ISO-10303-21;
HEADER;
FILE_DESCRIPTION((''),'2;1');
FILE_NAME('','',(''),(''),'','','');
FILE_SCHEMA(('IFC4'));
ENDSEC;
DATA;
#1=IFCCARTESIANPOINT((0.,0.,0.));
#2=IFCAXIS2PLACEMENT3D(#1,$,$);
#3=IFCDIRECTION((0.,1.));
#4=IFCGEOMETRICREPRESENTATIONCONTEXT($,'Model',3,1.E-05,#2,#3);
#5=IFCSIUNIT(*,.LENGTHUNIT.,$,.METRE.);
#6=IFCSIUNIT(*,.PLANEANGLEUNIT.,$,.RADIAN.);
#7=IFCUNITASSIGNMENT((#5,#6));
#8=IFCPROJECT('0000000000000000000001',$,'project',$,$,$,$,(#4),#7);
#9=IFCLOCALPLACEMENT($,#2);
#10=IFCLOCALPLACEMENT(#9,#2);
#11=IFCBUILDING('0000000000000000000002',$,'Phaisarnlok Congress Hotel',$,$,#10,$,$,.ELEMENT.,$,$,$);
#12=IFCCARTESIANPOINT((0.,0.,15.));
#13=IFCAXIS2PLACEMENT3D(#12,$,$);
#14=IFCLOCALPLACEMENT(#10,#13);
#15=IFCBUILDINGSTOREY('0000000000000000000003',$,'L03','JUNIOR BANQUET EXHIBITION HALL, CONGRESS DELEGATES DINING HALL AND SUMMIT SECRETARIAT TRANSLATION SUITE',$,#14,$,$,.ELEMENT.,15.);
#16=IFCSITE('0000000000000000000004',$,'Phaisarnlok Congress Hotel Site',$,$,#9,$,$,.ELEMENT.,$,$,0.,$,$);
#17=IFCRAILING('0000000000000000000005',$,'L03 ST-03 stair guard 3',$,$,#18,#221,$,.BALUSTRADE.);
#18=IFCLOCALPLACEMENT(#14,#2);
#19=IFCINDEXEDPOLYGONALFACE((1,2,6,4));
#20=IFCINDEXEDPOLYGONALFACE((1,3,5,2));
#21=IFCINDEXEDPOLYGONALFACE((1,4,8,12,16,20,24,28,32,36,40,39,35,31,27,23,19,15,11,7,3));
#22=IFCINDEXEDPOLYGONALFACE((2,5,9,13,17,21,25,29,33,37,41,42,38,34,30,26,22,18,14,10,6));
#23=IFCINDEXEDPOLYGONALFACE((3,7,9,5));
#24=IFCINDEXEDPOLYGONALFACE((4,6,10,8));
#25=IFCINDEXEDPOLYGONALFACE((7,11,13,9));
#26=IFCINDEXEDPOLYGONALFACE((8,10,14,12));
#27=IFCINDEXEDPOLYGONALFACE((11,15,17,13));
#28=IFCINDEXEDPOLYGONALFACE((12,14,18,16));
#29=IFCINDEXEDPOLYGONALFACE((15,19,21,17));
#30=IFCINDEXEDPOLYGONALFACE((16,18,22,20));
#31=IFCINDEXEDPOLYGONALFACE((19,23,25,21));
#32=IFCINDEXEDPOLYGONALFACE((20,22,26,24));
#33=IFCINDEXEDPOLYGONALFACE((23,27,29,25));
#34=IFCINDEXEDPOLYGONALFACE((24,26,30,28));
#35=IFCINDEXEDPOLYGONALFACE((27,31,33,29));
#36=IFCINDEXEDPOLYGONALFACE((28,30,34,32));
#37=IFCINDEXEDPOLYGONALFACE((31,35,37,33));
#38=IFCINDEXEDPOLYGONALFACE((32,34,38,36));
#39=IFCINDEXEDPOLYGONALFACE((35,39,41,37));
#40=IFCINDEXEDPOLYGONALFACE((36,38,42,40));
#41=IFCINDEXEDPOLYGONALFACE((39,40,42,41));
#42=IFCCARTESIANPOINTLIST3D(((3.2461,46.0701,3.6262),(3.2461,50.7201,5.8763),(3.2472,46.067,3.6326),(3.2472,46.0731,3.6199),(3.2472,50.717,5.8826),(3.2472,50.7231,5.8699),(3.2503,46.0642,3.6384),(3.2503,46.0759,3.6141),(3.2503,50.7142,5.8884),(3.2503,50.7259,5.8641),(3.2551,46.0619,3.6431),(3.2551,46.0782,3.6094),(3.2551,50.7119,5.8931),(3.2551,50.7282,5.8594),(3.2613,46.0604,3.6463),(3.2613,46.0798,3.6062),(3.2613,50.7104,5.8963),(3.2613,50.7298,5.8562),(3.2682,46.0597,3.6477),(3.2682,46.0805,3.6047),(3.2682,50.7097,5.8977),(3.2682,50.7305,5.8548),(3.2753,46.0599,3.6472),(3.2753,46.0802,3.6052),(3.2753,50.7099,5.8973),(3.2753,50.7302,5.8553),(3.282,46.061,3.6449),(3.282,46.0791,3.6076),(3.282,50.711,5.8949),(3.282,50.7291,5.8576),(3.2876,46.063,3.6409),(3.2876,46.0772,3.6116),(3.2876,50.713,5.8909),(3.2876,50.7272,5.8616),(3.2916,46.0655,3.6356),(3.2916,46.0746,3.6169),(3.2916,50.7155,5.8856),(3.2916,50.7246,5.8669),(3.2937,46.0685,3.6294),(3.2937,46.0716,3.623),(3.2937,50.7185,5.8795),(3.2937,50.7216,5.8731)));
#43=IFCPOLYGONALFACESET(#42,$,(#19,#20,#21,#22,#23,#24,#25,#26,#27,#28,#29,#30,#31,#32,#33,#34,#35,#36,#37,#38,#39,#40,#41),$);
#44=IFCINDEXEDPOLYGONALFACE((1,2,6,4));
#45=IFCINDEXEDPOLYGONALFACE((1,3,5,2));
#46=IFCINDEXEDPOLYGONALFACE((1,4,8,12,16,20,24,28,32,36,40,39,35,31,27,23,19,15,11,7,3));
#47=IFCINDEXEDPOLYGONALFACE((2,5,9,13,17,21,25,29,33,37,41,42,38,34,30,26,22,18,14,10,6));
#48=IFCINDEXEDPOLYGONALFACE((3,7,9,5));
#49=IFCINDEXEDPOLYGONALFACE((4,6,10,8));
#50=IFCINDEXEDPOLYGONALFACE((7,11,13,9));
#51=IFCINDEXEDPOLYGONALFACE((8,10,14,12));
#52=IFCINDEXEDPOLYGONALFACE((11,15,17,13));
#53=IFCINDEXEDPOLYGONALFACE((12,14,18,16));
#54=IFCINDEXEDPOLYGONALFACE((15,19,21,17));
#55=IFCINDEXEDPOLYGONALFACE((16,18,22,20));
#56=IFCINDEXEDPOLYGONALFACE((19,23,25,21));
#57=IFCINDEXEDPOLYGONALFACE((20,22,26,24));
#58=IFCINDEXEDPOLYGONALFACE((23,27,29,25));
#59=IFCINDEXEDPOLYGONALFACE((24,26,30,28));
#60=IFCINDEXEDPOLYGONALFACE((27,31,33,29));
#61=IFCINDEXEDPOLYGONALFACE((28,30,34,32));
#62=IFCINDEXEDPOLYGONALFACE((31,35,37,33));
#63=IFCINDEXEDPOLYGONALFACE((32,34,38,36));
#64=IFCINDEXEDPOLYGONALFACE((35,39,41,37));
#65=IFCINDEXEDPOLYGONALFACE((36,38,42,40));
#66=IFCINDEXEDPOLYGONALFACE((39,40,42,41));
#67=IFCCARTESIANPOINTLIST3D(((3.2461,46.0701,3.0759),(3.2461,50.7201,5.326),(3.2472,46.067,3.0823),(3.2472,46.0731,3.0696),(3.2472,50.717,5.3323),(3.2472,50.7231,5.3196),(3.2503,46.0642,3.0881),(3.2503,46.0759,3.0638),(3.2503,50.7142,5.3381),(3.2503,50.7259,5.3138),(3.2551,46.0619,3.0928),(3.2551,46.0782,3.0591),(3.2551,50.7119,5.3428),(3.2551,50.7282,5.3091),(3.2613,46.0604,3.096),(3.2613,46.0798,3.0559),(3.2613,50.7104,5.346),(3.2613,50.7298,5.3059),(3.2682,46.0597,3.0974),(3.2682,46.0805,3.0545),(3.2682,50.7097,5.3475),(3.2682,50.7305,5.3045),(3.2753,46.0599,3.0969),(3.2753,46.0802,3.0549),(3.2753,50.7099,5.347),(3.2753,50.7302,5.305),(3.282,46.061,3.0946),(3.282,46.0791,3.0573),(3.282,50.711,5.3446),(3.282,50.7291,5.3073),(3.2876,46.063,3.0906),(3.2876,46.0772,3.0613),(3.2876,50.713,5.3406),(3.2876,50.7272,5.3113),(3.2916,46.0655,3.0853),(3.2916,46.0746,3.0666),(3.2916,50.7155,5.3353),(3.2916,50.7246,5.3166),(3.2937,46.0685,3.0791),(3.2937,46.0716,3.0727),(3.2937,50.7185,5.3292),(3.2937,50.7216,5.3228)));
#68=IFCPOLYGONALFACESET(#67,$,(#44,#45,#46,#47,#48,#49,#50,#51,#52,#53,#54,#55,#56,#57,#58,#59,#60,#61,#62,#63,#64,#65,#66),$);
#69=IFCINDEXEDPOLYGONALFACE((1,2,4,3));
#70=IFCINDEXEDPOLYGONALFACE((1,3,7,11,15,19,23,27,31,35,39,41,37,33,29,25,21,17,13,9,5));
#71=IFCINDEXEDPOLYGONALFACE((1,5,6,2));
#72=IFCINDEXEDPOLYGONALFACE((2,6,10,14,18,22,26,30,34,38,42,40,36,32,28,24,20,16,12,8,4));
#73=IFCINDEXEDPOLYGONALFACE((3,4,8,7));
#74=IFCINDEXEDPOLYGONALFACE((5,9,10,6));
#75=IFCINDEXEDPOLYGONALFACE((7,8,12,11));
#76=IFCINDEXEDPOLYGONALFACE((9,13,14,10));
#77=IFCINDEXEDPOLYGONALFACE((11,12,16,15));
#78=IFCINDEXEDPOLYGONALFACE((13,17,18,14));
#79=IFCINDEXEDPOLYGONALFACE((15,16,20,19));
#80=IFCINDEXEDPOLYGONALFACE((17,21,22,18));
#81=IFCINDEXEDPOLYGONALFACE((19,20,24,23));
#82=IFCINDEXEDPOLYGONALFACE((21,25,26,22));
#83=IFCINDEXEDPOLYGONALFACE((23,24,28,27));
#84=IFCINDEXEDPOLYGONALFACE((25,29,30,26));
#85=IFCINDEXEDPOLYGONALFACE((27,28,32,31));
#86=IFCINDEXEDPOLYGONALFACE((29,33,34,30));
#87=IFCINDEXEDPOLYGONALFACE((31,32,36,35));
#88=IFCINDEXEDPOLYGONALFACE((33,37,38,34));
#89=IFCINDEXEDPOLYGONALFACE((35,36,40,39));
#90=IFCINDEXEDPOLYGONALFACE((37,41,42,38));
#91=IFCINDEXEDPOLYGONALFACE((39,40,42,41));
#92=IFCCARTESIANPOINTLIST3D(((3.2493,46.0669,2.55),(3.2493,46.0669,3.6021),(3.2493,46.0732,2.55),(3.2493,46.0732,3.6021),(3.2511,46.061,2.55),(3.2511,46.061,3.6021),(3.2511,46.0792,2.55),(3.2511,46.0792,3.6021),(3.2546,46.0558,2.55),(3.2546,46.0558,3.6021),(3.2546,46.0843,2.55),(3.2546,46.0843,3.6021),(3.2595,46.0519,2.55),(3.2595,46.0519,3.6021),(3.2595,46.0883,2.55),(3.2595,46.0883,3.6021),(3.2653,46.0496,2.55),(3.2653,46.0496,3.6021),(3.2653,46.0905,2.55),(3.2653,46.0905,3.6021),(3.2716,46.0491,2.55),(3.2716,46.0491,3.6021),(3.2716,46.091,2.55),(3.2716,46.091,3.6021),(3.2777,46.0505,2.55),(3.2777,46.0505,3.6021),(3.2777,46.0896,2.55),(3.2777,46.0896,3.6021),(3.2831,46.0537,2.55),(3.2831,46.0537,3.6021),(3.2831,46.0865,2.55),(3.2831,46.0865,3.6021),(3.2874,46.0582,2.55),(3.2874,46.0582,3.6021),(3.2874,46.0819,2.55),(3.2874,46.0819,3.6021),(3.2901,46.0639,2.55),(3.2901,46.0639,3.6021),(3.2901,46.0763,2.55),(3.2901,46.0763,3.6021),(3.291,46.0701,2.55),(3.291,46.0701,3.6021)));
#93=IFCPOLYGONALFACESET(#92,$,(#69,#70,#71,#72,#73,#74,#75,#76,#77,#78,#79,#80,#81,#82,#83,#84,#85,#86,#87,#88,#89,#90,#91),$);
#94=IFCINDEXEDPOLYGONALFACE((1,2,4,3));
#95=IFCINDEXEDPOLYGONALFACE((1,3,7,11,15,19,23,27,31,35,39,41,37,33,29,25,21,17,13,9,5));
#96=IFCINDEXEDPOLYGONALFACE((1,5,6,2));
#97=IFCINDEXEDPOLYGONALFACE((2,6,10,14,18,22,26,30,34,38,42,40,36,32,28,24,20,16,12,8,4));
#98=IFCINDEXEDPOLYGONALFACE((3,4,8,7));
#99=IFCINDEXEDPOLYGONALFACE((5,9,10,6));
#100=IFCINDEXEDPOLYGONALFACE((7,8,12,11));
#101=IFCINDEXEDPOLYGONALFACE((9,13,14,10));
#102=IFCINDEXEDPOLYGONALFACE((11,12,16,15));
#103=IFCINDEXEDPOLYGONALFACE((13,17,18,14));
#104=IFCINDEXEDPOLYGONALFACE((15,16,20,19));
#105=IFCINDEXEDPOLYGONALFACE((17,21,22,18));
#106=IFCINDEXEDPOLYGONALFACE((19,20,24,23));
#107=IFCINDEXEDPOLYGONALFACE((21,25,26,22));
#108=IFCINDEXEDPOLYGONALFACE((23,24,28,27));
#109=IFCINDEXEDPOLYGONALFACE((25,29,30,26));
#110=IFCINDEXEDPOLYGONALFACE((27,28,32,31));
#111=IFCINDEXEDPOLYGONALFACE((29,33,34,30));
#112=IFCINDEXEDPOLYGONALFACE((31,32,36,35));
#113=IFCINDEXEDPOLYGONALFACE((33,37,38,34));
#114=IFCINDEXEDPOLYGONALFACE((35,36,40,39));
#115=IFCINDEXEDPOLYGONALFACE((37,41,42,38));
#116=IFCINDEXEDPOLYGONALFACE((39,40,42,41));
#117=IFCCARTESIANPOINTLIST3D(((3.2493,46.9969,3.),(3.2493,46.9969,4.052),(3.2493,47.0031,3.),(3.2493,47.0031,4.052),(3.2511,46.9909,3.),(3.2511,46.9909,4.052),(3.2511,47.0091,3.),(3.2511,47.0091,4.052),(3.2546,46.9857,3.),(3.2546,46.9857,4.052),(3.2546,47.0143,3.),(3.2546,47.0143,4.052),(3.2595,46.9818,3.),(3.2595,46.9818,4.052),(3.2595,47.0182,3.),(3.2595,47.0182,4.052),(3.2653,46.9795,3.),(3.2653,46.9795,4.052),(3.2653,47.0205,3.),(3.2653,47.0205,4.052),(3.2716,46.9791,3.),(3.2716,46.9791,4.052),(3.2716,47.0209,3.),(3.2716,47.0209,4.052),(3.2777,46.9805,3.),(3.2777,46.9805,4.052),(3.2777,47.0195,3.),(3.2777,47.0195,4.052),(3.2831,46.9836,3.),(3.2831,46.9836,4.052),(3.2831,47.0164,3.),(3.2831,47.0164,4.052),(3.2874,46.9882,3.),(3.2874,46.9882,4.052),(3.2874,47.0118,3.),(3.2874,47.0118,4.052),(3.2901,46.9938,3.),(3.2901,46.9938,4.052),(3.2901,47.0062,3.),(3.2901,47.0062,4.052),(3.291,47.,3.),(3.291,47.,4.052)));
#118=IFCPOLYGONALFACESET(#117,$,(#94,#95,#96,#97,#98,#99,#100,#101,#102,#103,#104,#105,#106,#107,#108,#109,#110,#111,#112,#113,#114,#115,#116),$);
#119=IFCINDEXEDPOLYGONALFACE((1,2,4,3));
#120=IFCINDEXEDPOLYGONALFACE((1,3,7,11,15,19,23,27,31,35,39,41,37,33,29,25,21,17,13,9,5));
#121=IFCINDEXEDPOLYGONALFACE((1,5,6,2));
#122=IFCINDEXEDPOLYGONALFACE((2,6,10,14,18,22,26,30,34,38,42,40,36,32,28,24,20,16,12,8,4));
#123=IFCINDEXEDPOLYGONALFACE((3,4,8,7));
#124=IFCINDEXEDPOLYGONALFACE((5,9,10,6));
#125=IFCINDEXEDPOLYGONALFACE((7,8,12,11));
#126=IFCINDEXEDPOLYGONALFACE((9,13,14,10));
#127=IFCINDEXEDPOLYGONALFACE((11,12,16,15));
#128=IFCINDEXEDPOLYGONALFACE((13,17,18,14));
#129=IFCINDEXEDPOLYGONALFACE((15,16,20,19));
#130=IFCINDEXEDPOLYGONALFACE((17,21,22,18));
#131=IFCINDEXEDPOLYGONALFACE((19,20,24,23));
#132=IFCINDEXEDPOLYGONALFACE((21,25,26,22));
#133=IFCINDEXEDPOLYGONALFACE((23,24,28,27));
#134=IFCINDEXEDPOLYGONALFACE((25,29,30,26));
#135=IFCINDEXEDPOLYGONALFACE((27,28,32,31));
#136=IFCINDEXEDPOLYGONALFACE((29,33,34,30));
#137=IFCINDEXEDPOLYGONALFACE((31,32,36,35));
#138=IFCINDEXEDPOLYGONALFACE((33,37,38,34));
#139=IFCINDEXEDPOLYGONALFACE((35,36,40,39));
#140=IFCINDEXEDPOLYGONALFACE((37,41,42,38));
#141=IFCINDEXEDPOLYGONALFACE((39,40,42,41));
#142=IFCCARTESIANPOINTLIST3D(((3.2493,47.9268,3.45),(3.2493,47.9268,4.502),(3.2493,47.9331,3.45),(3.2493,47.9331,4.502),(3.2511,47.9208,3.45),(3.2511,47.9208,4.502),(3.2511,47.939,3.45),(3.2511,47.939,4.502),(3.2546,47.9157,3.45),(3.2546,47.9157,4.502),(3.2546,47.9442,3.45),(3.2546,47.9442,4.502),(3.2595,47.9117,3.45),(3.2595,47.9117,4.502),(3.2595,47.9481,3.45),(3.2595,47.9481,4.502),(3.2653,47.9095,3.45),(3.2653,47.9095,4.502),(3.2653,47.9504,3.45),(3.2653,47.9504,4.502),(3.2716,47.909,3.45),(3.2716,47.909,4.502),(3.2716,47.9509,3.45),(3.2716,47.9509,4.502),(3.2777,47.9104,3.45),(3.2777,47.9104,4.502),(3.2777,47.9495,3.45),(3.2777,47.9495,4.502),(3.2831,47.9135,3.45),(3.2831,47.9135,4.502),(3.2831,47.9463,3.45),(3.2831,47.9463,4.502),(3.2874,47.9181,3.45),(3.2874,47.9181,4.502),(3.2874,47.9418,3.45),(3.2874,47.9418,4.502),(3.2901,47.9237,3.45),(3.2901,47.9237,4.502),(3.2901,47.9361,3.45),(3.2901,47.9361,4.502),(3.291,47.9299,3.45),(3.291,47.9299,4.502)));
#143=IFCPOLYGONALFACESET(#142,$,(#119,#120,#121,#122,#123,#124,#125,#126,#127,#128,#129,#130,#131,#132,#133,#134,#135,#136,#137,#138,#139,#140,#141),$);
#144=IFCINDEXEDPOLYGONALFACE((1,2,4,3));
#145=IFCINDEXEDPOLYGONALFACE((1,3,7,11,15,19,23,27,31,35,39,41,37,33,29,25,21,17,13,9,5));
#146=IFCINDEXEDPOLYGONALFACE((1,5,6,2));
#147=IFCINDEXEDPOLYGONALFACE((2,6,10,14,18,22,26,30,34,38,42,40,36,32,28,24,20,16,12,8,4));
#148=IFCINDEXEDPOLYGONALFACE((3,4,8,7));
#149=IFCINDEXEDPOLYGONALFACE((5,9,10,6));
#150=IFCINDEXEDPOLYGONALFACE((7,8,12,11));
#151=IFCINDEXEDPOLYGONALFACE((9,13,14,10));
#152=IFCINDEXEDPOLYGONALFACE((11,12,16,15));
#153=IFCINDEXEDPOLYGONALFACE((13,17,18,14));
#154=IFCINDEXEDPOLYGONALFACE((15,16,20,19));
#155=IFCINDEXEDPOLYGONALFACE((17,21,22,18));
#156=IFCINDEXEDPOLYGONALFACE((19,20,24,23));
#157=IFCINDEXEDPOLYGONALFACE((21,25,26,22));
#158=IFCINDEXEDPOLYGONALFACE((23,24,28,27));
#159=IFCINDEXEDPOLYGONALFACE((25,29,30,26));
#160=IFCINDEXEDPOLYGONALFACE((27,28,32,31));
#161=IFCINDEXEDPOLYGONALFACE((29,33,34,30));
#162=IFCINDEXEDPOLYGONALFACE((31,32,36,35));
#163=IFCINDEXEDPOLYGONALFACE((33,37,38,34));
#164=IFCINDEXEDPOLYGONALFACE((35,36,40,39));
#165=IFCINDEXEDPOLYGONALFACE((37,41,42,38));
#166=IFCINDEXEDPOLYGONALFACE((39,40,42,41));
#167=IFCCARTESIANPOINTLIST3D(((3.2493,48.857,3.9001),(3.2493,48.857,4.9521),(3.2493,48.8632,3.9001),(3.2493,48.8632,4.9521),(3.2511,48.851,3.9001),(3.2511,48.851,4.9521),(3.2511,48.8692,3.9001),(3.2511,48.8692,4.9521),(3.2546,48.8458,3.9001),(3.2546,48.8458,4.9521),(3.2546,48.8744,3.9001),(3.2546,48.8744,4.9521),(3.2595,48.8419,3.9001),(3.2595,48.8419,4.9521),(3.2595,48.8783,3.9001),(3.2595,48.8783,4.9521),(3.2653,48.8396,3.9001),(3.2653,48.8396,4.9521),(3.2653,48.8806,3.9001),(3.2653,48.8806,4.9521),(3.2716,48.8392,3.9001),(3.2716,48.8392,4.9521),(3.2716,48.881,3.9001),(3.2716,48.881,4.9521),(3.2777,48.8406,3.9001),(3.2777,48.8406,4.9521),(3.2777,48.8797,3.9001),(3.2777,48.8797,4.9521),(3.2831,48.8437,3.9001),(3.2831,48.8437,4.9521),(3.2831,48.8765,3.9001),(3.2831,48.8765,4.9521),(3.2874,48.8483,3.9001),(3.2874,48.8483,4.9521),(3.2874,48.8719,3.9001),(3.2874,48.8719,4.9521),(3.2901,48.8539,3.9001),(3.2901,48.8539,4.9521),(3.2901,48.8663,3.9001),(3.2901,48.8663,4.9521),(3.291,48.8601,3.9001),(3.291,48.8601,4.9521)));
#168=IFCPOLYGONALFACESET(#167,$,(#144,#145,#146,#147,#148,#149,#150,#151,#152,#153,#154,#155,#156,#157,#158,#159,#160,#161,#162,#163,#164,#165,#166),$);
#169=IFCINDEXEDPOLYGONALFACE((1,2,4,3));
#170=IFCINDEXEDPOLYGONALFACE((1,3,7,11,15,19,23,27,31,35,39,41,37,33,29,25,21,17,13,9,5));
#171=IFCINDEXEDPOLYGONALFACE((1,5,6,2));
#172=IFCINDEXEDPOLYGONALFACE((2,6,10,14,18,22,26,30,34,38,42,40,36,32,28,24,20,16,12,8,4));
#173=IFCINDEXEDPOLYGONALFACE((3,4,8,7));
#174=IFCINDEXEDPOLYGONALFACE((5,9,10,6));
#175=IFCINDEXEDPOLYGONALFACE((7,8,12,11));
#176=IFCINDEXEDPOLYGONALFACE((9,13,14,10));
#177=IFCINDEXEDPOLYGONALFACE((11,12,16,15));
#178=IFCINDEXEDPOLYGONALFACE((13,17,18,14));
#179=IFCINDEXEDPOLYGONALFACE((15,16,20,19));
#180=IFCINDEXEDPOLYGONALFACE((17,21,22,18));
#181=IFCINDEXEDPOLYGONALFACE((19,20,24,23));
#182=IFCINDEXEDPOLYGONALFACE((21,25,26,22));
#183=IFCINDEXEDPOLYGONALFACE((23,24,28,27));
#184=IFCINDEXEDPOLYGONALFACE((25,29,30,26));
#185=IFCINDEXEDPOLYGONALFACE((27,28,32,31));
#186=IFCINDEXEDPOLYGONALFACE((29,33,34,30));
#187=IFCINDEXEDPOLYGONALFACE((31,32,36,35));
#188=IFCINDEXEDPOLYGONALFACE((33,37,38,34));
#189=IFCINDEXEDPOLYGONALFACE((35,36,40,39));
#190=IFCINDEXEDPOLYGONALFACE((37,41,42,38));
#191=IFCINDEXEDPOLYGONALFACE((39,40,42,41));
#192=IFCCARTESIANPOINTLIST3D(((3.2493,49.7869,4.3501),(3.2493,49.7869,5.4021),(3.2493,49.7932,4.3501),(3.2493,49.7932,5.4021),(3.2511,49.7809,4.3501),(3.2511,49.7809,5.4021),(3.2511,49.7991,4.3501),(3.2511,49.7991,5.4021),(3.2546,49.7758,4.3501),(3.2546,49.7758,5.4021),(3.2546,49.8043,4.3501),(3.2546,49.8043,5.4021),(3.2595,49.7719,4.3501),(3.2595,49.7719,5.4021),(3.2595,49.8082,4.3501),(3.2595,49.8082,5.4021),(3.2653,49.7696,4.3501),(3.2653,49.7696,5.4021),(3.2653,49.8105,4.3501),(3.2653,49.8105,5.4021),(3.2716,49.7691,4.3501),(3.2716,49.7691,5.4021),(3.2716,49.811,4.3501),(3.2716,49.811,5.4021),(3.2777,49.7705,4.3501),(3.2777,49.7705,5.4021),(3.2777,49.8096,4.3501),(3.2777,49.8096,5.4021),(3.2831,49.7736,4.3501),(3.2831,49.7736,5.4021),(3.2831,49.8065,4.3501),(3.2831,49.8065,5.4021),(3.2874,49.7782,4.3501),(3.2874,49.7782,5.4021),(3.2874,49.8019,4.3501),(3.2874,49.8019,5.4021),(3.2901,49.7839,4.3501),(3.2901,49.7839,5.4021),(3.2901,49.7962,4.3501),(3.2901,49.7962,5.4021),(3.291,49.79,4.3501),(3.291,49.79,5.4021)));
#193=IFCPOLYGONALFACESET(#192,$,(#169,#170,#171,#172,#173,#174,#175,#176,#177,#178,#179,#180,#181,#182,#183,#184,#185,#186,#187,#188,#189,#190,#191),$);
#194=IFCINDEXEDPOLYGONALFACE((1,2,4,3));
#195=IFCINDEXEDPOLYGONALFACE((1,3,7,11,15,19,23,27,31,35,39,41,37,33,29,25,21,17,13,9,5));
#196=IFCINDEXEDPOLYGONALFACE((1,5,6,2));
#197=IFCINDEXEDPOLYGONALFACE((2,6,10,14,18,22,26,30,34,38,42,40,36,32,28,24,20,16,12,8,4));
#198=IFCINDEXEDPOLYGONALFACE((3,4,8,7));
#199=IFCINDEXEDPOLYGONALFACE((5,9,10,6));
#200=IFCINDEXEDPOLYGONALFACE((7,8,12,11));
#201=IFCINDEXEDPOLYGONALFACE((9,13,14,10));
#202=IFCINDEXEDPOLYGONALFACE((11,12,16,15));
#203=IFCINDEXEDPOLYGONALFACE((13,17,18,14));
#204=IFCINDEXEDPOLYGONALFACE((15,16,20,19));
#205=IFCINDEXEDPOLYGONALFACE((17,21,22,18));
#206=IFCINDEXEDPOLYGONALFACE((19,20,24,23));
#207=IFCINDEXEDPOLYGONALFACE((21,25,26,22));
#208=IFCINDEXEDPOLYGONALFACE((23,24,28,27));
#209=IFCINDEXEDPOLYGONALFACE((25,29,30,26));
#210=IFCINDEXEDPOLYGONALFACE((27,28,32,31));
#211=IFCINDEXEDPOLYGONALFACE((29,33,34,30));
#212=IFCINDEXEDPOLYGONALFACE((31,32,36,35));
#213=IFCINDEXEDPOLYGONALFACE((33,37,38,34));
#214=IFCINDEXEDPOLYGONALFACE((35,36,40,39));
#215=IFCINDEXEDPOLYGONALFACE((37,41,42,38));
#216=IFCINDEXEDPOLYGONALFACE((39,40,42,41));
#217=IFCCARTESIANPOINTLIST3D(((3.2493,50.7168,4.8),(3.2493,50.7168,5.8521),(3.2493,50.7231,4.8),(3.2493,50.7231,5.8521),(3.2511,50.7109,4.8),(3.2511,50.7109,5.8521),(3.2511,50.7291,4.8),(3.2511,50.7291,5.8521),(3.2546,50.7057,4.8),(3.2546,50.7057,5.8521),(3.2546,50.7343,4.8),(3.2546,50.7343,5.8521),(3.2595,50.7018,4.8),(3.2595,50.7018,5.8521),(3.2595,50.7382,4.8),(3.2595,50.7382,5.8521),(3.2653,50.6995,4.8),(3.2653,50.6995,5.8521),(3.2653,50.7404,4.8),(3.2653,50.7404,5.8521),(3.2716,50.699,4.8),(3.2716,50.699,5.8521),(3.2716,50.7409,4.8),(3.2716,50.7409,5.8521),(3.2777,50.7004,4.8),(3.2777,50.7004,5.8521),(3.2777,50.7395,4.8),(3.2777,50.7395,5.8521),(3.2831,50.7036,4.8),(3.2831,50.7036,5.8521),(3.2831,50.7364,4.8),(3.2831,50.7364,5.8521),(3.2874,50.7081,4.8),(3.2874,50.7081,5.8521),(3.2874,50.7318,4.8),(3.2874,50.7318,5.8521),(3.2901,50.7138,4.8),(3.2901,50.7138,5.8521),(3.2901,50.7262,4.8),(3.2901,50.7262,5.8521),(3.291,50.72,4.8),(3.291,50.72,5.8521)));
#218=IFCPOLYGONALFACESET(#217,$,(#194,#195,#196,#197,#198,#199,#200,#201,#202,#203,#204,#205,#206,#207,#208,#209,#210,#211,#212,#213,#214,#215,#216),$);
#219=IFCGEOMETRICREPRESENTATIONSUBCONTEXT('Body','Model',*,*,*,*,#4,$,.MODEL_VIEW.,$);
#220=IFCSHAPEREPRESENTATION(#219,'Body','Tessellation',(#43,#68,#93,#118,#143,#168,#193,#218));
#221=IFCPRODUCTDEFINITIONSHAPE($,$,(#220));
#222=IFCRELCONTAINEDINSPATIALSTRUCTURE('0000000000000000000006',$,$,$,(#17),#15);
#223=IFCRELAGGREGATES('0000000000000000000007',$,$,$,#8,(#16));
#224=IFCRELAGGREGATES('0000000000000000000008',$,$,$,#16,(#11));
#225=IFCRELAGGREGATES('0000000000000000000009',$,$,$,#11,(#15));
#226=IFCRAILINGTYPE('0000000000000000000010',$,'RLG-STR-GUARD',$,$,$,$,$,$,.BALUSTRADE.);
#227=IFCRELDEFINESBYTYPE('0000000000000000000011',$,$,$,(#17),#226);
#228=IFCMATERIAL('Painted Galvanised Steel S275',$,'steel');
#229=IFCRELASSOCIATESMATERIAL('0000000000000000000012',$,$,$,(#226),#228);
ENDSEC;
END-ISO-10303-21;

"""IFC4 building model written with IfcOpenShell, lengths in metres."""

from ifc_helpers import new_model, si_unit, direction, frame, origin, origin_2d, place, context, subcontext, project, spatial, circle, extrude, material, type_object, element, save


model = new_model("IFC4")

# Units and contexts
model_context = context("Model", 3, precision=1e-05, world=origin(), true_north=direction((0.0, 1.0)))
body_context = subcontext(model_context, "Body", "Model", "MODEL_VIEW")
ifc_project = project(units=[si_unit("LENGTHUNIT", "METRE"), si_unit("PLANEANGLEUNIT", "RADIAN")], contexts=[model_context])

# Site, building, storey
site_placement = place(None, origin())
site = spatial("IfcSite", under=ifc_project, at=site_placement, Name="Phaisarnlok Congress Hotel Site", CompositionType="ELEMENT", RefElevation=0.0)
building_placement = place(site_placement, origin())
building = spatial("IfcBuilding", under=site, at=building_placement, Name="Phaisarnlok Congress Hotel", CompositionType="ELEMENT")
storey_placement = place(building_placement, frame((0.0, 0.0, 15.0)))
storey = spatial("IfcBuildingStorey", under=building, at=storey_placement, Name="L03", Description="JUNIOR BANQUET EXHIBITION HALL, CONGRESS DELEGATES DINING HALL AND SUMMIT SECRETARIAT TRANSLATION SUITE", CompositionType="ELEMENT", Elevation=15.0)

# Railing
ifc_material_1 = material(Name="Painted Galvanised Steel S275", Category="steel")
railing_type_1 = type_object("IfcRailingType", Name="RLG-STR-GUARD", PredefinedType="BALUSTRADE", material=ifc_material_1)
railing_1_placement = place(storey_placement, frame((3.27, 46.0701, 2.55)))
element("IfcRailing", 1, at=railing_1_placement, inside=storey, type_object=railing_type_1, Name="L03 ST-03 stair guard 3", PredefinedType="BALUSTRADE", context=body_context, shape_type="SweptSolid", body=[
    extrude(circle(Radius=0.0239, at=origin_2d()), frame((0.0, 0.0, 1.0762), z_axis=(0.0, 0.900156, 0.435568), x_axis=(-1.0, 0.0, 0.0)), (0.0, 0.0, 1.0), 5.1658),
    extrude(circle(Radius=0.0239, at=origin_2d()), frame((0.0, 0.0, 0.5259), z_axis=(0.0, 0.900156, 0.435568), x_axis=(-1.0, 0.0, 0.0)), (0.0, 0.0, 1.0), 5.1658),
    extrude(circle(Radius=0.021, at=origin_2d()), origin(), (0.0, 0.0, 1.0), 1.052),
    extrude(circle(Radius=0.021, at=origin_2d()), frame((0.0, 0.9299, 0.45)), (0.0, 0.0, 1.0), 1.052),
    extrude(circle(Radius=0.021, at=origin_2d()), frame((0.0, 1.8599, 0.8999)), (0.0, 0.0, 1.0), 1.052),
    extrude(circle(Radius=0.021, at=origin_2d()), frame((0.0, 2.79, 1.3501)), (0.0, 0.0, 1.0), 1.052),
    extrude(circle(Radius=0.021, at=origin_2d()), frame((0.0, 3.72, 1.8)), (0.0, 0.0, 1.0), 1.052),
    extrude(circle(Radius=0.021, at=origin_2d()), frame((0.0, 4.6499, 2.25)), (0.0, 0.0, 1.0), 1.052),
])

save(model, "model.ifc")
